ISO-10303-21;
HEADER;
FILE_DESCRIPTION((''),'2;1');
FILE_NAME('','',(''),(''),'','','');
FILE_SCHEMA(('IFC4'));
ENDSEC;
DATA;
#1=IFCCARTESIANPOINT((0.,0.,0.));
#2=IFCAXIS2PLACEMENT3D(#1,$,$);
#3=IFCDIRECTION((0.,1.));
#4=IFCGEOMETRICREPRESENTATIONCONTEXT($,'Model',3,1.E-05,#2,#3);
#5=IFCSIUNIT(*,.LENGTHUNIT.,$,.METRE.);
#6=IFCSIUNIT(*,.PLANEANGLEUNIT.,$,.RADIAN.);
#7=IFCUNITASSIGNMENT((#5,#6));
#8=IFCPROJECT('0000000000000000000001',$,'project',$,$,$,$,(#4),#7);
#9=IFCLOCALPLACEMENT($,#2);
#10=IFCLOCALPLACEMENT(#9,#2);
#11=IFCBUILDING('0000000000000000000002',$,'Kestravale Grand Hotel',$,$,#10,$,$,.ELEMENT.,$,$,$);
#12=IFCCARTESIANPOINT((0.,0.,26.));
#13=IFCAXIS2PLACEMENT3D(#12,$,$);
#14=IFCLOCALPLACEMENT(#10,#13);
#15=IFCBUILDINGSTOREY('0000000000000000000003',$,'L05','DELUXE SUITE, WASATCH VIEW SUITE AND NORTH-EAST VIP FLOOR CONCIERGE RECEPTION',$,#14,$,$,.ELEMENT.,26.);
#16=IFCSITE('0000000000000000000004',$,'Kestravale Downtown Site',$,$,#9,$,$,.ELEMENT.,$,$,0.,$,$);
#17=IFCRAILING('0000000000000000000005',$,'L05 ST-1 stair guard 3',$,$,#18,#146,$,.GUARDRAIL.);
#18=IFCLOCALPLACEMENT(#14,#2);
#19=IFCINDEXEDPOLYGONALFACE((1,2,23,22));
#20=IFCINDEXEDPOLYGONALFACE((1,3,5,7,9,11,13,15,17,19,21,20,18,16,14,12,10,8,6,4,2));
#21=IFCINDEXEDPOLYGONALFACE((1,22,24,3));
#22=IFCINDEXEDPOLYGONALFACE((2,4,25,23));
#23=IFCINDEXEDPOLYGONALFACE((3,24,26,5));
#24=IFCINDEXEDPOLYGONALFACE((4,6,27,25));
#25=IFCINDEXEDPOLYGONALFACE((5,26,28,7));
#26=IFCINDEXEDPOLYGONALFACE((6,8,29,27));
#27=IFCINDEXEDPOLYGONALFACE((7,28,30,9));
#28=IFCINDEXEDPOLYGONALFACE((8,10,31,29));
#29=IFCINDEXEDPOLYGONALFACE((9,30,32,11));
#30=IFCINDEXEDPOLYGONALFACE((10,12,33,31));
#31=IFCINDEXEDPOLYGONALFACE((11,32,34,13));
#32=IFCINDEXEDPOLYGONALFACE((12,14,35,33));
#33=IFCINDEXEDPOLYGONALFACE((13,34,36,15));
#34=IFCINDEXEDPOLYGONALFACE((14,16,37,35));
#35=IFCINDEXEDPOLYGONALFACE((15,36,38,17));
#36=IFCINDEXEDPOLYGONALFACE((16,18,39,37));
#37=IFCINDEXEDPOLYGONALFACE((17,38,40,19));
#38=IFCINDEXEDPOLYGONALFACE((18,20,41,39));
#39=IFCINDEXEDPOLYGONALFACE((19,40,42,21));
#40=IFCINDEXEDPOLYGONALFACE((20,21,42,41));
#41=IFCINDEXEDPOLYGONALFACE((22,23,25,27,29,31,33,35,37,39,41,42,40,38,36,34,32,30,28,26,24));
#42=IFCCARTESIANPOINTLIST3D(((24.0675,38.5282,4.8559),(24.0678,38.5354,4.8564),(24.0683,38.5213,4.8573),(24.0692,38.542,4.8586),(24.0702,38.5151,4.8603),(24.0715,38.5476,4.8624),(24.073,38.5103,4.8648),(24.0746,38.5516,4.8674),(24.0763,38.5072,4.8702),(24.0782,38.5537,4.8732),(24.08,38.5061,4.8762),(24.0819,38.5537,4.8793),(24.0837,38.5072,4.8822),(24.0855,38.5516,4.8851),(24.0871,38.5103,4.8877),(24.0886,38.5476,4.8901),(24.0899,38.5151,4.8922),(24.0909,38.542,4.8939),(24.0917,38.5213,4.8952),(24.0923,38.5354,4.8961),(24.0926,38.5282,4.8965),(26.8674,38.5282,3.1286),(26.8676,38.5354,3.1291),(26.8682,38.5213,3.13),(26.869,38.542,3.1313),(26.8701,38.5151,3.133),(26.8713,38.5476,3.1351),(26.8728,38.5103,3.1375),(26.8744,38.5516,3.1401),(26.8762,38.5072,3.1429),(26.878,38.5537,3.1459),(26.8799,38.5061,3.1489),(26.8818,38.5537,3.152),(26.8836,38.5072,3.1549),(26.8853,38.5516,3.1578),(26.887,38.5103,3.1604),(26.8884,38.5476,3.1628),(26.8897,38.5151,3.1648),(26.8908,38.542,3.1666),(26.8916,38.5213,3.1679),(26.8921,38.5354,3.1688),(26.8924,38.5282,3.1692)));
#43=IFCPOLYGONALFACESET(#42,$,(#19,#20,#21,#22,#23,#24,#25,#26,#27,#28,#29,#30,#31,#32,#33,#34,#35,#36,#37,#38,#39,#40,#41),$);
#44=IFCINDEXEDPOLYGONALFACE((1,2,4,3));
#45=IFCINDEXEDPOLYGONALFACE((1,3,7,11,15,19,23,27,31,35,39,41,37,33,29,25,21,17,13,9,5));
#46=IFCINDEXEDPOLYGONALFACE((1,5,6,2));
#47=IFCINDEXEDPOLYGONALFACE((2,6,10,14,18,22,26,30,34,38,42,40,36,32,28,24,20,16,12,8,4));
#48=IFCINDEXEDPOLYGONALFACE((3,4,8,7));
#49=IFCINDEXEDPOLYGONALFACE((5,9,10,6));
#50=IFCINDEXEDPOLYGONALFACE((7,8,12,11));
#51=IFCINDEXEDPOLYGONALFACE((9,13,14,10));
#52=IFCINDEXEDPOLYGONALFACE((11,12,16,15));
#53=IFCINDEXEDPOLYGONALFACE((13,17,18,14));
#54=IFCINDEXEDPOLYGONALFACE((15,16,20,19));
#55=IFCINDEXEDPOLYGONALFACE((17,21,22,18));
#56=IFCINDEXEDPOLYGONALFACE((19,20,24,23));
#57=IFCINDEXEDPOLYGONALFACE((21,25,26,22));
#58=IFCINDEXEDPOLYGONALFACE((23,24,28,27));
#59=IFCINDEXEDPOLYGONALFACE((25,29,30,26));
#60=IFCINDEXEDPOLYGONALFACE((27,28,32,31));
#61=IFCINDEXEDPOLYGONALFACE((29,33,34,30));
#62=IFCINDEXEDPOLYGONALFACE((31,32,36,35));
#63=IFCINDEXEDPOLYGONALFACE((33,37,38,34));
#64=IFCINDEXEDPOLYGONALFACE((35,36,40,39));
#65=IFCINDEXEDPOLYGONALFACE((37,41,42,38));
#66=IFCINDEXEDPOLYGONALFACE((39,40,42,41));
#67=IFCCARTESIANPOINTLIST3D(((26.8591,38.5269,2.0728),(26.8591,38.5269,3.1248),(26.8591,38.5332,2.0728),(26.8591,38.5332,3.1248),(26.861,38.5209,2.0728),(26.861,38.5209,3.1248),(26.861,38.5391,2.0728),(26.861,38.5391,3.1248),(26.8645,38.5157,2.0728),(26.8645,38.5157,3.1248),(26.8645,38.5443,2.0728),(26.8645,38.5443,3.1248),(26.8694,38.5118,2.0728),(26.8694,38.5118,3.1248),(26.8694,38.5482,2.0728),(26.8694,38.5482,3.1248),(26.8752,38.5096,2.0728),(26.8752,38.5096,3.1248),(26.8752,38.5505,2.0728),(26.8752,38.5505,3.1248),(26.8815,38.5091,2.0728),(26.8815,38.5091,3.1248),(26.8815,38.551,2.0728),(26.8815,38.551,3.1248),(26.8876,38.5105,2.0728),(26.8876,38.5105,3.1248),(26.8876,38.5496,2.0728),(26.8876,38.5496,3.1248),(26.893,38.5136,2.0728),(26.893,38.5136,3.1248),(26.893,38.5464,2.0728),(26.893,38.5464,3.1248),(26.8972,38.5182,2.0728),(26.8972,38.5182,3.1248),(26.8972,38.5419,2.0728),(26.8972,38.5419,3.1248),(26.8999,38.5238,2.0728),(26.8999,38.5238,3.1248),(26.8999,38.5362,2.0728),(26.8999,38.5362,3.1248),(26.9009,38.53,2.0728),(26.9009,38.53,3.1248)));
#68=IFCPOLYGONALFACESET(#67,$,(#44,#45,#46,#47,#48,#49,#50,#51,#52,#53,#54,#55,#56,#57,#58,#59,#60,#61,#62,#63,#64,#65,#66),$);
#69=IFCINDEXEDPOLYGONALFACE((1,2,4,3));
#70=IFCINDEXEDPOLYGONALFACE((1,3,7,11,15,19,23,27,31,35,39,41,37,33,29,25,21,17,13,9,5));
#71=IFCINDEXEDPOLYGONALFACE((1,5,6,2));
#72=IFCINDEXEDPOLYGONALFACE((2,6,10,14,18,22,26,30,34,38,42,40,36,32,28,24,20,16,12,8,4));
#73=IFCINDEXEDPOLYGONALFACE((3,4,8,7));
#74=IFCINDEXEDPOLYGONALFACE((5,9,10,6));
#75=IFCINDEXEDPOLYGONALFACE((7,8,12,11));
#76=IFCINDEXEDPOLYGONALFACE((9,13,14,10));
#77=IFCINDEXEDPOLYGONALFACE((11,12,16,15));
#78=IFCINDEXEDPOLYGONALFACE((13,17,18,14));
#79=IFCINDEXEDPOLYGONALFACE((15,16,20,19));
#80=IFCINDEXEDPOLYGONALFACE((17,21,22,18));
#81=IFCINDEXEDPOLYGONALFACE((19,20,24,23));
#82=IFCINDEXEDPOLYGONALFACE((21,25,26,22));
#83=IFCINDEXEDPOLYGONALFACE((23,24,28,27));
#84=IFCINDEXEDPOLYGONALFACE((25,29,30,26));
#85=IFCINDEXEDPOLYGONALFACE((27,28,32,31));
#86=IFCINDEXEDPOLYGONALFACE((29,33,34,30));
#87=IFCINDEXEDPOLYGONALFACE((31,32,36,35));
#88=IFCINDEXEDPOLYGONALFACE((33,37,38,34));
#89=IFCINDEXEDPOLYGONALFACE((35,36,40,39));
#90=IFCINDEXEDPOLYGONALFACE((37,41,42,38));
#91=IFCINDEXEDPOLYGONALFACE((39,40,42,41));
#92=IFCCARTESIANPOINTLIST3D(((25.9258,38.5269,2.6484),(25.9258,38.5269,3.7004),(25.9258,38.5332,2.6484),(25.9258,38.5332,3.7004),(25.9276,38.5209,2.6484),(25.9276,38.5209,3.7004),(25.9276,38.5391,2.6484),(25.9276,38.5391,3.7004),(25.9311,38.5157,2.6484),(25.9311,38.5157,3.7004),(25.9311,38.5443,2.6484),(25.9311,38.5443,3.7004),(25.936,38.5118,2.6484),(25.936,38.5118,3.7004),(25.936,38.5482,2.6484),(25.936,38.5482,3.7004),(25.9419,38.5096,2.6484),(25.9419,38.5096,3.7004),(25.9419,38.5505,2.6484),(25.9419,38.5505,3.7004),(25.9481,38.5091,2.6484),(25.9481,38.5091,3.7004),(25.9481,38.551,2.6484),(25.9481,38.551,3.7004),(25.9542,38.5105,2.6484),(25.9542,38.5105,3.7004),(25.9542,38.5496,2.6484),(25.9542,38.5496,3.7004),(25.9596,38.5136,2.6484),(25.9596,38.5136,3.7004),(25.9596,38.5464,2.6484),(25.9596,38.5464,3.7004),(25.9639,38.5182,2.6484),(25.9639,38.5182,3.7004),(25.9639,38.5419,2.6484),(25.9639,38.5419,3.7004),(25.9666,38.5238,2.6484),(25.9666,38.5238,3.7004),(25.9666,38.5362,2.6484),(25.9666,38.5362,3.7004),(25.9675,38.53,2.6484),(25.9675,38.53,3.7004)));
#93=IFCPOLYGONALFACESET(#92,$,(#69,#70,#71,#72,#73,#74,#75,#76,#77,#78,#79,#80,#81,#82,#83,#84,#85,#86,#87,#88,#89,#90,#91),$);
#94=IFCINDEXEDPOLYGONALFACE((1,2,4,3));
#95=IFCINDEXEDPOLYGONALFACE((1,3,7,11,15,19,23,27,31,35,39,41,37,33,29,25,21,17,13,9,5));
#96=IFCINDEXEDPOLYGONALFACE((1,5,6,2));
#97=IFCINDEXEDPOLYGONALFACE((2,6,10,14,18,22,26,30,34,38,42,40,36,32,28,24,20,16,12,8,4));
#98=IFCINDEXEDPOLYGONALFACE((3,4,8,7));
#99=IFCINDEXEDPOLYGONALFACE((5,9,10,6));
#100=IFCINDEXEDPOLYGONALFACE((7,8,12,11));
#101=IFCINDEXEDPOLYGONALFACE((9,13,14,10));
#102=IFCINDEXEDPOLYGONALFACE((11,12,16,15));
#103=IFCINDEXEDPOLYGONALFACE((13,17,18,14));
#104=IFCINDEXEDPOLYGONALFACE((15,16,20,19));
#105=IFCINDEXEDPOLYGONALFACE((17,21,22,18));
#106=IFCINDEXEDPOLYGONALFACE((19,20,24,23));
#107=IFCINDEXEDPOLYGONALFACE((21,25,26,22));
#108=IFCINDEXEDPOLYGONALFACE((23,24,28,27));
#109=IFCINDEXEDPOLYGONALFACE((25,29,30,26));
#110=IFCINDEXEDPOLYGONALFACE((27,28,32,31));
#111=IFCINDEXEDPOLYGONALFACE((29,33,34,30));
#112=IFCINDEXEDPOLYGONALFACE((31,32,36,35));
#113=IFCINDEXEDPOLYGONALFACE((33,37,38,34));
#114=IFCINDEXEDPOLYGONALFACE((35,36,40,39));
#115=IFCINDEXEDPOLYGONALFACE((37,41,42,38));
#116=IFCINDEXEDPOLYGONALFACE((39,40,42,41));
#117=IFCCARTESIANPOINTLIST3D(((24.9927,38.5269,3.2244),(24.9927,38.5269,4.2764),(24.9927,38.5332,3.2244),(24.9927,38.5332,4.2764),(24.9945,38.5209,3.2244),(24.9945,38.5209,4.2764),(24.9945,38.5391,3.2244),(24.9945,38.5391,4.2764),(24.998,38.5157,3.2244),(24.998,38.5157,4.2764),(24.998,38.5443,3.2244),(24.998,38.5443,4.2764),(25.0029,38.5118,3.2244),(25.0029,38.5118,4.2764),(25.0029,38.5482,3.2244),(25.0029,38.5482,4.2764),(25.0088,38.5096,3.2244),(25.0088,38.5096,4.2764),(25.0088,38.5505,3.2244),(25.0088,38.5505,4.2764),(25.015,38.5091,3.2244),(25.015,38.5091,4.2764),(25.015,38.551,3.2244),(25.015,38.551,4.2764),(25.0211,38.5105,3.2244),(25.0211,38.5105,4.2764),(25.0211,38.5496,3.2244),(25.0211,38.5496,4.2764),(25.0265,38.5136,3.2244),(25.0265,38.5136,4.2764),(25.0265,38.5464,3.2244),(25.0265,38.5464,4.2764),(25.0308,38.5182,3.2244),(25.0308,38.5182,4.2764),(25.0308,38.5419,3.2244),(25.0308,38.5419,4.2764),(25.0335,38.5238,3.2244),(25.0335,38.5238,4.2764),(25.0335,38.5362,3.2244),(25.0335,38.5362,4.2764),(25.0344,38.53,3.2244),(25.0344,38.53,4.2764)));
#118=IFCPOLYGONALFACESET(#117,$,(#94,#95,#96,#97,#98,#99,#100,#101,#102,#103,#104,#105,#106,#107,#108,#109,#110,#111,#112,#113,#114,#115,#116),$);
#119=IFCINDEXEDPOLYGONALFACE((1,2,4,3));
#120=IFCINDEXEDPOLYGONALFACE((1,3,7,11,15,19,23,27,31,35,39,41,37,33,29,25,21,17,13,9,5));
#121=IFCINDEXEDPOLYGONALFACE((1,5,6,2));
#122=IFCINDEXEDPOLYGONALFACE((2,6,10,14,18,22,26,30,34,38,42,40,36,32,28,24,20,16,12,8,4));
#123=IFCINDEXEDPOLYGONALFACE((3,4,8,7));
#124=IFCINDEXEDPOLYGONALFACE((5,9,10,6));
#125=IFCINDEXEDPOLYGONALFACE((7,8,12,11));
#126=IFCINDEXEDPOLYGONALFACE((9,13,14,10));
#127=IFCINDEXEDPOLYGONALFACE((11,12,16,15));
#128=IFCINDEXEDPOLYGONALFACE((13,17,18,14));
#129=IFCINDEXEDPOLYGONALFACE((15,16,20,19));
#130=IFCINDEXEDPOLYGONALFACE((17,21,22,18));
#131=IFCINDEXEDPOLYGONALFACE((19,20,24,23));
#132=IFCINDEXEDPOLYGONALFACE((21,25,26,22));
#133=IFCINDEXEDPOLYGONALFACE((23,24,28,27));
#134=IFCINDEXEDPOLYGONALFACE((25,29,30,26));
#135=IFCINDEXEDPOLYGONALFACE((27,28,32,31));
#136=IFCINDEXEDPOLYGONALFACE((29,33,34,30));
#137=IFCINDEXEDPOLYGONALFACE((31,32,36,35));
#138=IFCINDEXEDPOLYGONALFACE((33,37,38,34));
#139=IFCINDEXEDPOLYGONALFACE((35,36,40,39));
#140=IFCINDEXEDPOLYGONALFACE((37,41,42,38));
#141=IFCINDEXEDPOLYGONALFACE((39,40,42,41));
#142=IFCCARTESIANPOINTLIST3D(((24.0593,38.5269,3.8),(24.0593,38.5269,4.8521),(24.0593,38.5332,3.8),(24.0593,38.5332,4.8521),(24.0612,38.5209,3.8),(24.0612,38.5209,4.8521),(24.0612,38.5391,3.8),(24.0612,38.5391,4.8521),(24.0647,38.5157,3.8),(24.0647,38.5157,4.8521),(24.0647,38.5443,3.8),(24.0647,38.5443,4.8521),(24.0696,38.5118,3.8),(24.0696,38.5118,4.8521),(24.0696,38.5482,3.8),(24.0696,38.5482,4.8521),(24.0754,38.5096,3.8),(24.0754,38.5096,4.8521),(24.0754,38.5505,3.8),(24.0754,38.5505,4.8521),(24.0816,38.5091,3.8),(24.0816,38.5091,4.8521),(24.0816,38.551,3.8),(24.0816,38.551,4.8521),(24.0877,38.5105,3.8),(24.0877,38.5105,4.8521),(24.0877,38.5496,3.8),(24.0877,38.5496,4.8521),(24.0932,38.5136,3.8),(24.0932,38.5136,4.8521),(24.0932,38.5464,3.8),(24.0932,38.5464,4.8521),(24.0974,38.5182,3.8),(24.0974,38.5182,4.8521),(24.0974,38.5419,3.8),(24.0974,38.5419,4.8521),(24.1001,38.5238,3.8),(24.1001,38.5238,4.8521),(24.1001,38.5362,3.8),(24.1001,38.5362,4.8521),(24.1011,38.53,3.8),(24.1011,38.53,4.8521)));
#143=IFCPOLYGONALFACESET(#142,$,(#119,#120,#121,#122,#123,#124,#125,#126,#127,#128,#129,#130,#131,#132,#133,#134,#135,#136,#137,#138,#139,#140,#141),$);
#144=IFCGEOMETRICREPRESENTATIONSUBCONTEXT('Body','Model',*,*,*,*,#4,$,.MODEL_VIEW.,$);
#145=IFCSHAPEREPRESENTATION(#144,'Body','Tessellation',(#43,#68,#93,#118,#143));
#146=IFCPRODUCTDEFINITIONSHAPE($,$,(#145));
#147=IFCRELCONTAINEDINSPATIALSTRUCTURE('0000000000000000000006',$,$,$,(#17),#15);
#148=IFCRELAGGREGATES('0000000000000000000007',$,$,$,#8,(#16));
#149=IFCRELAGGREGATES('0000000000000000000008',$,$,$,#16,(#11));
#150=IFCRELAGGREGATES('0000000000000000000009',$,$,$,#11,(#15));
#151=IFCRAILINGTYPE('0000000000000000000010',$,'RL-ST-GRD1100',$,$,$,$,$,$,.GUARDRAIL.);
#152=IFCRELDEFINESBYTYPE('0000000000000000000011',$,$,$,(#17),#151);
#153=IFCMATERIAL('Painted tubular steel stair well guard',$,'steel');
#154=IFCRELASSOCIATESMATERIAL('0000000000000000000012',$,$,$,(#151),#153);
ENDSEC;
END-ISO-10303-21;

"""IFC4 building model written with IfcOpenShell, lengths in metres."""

from ifc_helpers import new_model, si_unit, direction, frame, origin, origin_2d, place, context, subcontext, project, spatial, circle, extrude, material, type_object, element, save


model = new_model("IFC4")

# Units and contexts
model_context = context("Model", 3, precision=1e-05, world=origin(), true_north=direction((0.0, 1.0)))
body_context = subcontext(model_context, "Body", "Model", "MODEL_VIEW")
ifc_project = project(units=[si_unit("LENGTHUNIT", "METRE"), si_unit("PLANEANGLEUNIT", "RADIAN")], contexts=[model_context])

# Site, building, storey
site_placement = place(None, origin())
site = spatial("IfcSite", under=ifc_project, at=site_placement, Name="Kestravale Downtown Site", CompositionType="ELEMENT", RefElevation=0.0)
building_placement = place(site_placement, origin())
building = spatial("IfcBuilding", under=site, at=building_placement, Name="Kestravale Grand Hotel", CompositionType="ELEMENT")
storey_placement = place(building_placement, frame((0.0, 0.0, 26.0)))
storey = spatial("IfcBuildingStorey", under=building, at=storey_placement, Name="L05", Description="DELUXE SUITE, WASATCH VIEW SUITE AND NORTH-EAST VIP FLOOR CONCIERGE RECEPTION", CompositionType="ELEMENT", Elevation=26.0)

# Railing
ifc_material_1 = material(Name="Painted tubular steel stair well guard", Category="steel")
railing_type_1 = type_object("IfcRailingType", Name="RL-ST-GRD1100", PredefinedType="GUARDRAIL", material=ifc_material_1)
railing_1_placement = place(storey_placement, frame((26.8799, 38.53, 2.0728)))
element("IfcRailing", 1, at=railing_1_placement, inside=storey, type_object=railing_type_1, Name="L05 ST-1 stair guard 3", PredefinedType="GUARDRAIL", context=body_context, shape_type="SweptSolid", body=[
    extrude(circle(Radius=0.0239, at=origin_2d()), frame((0.0, 0.0, 1.0762), z_axis=(-0.851069, 0.0, 0.525054), x_axis=(0.0, -1.0, 0.0)), (0.0, 0.0, 1.0), 3.2898),
    extrude(circle(Radius=0.021, at=origin_2d()), origin(), (0.0, 0.0, 1.0), 1.052),
    extrude(circle(Radius=0.021, at=origin_2d()), frame((-0.9333, 0.0, 0.5757)), (0.0, 0.0, 1.0), 1.052),
    extrude(circle(Radius=0.021, at=origin_2d()), frame((-1.8665, 0.0, 1.1516)), (0.0, 0.0, 1.0), 1.052),
    extrude(circle(Radius=0.021, at=origin_2d()), frame((-2.7998, 0.0, 1.7273)), (0.0, 0.0, 1.0), 1.052),
])

save(model, "model.ifc")
